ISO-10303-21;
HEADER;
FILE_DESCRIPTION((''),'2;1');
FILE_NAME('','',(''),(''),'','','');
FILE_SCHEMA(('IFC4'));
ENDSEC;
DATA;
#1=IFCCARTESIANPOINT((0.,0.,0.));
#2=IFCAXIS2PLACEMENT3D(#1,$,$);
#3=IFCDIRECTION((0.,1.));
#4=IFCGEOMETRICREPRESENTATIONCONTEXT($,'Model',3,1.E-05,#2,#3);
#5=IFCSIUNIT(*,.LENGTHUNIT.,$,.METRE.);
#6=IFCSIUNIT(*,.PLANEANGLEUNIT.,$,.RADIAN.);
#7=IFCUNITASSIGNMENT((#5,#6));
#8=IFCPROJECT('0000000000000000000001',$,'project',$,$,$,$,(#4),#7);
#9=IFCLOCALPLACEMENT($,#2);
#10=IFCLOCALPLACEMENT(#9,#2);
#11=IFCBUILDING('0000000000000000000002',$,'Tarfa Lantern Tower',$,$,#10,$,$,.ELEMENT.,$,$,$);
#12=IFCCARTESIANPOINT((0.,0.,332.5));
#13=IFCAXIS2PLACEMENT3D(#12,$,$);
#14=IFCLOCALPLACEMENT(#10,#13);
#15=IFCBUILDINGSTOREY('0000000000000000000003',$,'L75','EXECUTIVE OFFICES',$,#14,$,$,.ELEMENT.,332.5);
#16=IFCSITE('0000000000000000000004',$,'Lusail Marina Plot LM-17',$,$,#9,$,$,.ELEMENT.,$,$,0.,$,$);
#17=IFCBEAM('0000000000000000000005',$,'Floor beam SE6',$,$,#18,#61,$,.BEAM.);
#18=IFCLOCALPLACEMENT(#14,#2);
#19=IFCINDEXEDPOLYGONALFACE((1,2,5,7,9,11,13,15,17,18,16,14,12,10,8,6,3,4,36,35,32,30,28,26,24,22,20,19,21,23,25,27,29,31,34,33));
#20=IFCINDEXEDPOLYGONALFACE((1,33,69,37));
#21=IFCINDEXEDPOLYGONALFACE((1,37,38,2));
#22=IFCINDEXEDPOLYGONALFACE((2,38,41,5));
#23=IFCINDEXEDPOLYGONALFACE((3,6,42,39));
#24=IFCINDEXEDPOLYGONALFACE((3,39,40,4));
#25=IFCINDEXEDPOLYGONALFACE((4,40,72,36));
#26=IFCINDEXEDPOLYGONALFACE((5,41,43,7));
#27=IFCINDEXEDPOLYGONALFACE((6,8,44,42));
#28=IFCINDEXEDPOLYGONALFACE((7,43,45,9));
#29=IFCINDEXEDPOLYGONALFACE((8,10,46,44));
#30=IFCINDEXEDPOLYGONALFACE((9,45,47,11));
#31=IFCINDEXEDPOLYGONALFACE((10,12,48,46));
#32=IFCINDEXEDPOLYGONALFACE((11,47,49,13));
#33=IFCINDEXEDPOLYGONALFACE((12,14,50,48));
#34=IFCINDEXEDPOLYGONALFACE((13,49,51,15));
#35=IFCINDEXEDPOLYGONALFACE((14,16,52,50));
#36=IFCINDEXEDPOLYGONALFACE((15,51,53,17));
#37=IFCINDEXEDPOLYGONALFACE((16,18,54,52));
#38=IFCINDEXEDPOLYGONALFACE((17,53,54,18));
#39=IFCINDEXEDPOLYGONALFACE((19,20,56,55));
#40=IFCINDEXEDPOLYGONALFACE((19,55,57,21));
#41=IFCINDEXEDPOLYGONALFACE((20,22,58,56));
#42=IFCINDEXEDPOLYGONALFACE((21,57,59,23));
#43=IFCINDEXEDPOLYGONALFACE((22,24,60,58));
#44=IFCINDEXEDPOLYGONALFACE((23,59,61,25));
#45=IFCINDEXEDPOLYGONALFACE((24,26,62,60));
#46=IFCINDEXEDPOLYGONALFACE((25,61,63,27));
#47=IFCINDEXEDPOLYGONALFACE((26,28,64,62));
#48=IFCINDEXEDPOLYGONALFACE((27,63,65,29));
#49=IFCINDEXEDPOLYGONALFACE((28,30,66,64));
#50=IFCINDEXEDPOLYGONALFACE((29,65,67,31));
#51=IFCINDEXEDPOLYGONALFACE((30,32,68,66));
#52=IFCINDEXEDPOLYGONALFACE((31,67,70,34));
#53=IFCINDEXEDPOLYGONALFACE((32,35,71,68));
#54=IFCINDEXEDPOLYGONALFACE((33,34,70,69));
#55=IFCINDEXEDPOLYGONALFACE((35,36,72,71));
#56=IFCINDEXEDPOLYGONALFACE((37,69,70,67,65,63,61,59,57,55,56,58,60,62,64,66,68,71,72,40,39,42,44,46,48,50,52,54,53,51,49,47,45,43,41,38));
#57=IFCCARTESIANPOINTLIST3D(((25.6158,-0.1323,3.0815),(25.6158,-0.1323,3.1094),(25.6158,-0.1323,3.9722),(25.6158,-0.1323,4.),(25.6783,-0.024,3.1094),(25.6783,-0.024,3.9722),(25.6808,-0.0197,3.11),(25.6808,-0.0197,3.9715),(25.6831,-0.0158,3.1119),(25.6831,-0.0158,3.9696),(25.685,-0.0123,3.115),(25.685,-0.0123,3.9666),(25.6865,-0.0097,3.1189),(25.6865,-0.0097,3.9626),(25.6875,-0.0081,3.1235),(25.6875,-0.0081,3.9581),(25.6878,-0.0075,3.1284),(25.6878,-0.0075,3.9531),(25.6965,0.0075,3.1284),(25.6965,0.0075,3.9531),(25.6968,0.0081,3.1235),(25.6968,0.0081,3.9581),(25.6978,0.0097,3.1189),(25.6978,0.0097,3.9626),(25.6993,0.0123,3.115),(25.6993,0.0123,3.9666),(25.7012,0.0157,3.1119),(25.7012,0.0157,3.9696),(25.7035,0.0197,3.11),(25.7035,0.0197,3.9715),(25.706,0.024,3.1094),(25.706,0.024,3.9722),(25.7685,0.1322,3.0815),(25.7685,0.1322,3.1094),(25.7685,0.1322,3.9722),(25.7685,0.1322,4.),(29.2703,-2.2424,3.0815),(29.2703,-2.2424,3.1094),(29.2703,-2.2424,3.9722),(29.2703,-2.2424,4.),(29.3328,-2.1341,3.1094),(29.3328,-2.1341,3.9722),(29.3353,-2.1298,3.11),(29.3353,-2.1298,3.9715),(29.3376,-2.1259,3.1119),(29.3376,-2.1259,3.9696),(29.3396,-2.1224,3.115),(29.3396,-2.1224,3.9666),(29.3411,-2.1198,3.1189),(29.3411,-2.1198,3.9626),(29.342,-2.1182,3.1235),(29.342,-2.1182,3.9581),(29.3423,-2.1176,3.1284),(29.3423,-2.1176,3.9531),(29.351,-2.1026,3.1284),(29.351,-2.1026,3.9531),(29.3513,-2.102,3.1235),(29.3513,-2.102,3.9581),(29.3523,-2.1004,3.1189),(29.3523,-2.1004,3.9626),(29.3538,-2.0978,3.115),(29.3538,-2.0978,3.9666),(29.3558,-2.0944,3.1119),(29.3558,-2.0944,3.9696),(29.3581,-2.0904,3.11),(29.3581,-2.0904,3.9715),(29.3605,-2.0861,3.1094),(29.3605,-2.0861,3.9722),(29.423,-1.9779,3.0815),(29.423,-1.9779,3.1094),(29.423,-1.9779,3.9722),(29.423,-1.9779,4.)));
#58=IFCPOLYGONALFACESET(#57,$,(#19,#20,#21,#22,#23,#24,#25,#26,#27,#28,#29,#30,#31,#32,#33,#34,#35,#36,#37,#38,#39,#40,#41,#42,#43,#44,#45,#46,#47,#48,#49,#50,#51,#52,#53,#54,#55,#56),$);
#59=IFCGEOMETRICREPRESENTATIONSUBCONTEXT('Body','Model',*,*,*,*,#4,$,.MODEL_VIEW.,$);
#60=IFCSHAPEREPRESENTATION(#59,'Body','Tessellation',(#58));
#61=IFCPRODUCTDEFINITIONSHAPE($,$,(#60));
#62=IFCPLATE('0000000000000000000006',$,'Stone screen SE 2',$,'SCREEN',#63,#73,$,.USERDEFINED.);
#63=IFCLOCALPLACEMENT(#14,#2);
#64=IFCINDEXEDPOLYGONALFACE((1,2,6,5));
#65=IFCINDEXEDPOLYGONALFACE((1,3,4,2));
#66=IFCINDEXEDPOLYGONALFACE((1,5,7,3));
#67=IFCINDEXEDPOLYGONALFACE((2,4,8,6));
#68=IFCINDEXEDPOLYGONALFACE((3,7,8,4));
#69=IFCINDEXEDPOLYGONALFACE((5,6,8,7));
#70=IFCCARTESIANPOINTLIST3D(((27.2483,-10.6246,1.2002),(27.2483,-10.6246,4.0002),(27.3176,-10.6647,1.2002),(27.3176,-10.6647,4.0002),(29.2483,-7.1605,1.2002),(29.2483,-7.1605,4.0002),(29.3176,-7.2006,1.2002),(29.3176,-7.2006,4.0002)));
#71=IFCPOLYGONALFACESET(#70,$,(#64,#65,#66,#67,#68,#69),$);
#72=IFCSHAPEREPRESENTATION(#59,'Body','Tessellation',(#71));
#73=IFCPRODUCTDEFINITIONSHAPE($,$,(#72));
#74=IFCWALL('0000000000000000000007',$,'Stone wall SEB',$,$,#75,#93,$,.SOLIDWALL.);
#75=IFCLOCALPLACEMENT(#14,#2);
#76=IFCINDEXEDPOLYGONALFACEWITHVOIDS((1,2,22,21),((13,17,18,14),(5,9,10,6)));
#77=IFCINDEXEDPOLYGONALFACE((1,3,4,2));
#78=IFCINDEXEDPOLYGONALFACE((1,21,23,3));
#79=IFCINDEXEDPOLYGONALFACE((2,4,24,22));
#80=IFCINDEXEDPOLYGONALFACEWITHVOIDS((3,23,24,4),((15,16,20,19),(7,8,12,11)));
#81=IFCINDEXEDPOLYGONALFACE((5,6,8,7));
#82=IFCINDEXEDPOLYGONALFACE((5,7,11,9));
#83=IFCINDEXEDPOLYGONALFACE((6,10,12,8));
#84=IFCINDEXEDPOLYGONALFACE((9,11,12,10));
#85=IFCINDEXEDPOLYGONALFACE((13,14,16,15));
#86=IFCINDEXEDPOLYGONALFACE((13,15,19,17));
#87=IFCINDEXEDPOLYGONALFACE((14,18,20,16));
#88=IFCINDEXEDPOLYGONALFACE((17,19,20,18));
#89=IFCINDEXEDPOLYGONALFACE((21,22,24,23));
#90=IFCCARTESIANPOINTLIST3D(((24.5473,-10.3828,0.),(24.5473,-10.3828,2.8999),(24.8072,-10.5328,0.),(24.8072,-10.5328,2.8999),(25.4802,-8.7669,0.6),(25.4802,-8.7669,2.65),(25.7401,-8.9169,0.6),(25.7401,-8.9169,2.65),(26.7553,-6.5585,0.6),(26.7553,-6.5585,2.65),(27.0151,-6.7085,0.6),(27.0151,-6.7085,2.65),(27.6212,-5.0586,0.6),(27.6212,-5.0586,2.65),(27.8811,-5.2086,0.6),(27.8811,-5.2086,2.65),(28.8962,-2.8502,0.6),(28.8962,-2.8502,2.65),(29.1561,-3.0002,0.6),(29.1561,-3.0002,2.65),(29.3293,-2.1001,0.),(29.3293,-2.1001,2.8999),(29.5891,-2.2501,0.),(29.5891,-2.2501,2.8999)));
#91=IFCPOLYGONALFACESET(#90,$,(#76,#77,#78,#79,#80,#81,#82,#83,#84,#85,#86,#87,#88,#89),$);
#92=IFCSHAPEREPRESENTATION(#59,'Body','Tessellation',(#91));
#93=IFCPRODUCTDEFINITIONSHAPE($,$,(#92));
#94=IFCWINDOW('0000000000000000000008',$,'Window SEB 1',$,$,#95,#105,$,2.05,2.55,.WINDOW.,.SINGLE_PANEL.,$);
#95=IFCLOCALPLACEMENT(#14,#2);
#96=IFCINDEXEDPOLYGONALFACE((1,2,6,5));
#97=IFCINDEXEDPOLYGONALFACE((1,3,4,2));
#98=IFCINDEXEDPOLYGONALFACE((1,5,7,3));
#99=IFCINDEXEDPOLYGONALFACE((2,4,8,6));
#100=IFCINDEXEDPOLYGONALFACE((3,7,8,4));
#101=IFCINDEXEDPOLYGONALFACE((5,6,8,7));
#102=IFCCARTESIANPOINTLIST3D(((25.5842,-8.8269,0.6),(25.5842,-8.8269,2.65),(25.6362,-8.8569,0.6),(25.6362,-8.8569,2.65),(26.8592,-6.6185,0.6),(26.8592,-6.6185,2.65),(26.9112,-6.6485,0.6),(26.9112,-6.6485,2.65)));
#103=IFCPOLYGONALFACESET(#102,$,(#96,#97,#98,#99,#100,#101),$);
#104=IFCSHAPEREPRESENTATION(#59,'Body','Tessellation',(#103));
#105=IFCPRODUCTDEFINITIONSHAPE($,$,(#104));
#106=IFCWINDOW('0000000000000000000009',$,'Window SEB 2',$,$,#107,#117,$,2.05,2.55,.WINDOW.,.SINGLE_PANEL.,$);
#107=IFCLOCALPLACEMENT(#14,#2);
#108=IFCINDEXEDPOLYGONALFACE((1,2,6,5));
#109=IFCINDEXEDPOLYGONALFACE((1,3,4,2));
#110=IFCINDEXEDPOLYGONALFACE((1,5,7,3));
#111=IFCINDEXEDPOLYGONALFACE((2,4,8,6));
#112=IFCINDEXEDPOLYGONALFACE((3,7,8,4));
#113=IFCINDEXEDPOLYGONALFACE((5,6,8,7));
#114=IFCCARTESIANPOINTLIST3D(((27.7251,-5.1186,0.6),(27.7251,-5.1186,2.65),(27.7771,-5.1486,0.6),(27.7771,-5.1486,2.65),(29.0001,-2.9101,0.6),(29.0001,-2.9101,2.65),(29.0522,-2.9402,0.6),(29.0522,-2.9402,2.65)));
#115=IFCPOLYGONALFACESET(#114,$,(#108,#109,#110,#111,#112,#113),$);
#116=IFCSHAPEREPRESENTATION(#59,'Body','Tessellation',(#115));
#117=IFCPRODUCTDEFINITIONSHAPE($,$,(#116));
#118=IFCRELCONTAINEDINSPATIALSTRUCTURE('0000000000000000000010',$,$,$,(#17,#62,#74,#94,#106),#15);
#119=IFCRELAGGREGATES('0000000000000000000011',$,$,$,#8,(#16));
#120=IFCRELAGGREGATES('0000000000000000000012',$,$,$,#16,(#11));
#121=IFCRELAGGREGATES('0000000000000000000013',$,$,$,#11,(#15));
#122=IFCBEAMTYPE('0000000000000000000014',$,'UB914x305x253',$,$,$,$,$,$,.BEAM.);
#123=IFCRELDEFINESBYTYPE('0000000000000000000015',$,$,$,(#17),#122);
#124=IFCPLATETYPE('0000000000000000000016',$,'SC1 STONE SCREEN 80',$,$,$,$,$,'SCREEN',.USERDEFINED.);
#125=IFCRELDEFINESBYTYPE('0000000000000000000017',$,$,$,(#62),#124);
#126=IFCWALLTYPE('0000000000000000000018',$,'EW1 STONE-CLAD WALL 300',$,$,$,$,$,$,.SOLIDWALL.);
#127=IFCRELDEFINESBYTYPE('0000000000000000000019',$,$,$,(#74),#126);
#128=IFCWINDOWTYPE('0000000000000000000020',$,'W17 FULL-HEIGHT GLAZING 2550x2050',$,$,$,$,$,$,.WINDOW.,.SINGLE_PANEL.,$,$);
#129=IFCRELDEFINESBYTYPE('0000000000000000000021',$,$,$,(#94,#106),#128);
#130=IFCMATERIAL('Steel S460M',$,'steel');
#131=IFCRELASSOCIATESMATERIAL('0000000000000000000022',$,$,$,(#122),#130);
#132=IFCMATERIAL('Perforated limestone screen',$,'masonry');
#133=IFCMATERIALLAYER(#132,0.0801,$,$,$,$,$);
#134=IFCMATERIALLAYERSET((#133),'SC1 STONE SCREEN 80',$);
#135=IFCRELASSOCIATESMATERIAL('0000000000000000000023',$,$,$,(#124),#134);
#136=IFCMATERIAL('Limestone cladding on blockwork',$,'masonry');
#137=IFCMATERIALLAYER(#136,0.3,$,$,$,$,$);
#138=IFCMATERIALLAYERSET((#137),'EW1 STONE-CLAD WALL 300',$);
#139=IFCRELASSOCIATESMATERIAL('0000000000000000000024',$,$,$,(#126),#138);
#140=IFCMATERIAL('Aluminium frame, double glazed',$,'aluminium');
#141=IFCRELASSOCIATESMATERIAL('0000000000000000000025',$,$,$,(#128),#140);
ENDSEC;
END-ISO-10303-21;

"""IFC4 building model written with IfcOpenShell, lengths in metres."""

from ifc_helpers import new_model, si_unit, direction, frame, frame_2d, origin, origin_2d, place, context, subcontext, project, spatial, rectangle, i_section, extrude, material, layer, layer_set, material_profile, profile_set, type_object, element, fill, save


model = new_model("IFC4")

# Units and contexts
model_context = context("Model", 3, precision=1e-05, world=origin(), true_north=direction((0.0, 1.0)))
body_context = subcontext(model_context, "Body", "Model", "MODEL_VIEW")
ifc_project = project(units=[si_unit("LENGTHUNIT", "METRE"), si_unit("PLANEANGLEUNIT", "RADIAN")], contexts=[model_context])

# Site, building, storey
site_placement = place(None, origin())
site = spatial("IfcSite", under=ifc_project, at=site_placement, Name="Lusail Marina Plot LM-17", CompositionType="ELEMENT", RefElevation=0.0)
building_placement = place(site_placement, origin())
building = spatial("IfcBuilding", under=site, at=building_placement, Name="Tarfa Lantern Tower", CompositionType="ELEMENT")
storey_placement = place(building_placement, frame((0.0, 0.0, 332.5)))
storey = spatial("IfcBuildingStorey", under=building, at=storey_placement, Name="L75", Description="EXECUTIVE OFFICES", CompositionType="ELEMENT", Elevation=332.5)

# Beam
ifc_material_1 = material(Name="Steel S460M", Category="steel")
ifc_material_profile_1 = material_profile(ifc_material_1, i_section(OverallWidth=0.3054, OverallDepth=0.9185, WebThickness=0.0173, FlangeThickness=0.0278, FilletRadius=0.019, at=origin_2d()), Name="UB914x305x253")
ifc_profile_set_1 = profile_set([ifc_material_profile_1], Name="Steel S460M")
beam_type_1 = type_object("IfcBeamType", Name="UB914x305x253", PredefinedType="BEAM", material=ifc_profile_set_1)
beam_1_placement = place(storey_placement, frame((29.3467, -2.1101, 3.5408), z_axis=(-0.866009, 0.500028, 0.0), x_axis=(-0.500028, -0.866009, 0.0)))
element("IfcBeam", 1, at=beam_1_placement, inside=storey, type_object=beam_type_1, Name="Floor beam SE6", PredefinedType="BEAM", context=body_context, shape_type="SweptSolid", body=[
    extrude(i_section(OverallWidth=0.3054, OverallDepth=0.9185, WebThickness=0.0173, FlangeThickness=0.0278, FilletRadius=0.019, at=origin_2d()), origin(), (0.0, 0.0, 1.0), 4.22),
])

# Plate
ifc_material_2 = material(Name="Perforated limestone screen", Category="masonry")
ifc_layer_1 = layer(ifc_material_2, 0.0801)
ifc_layer_set_1 = layer_set([ifc_layer_1], Name="SC1 STONE SCREEN 80")
plate_type = type_object("IfcPlateType", Name="SC1 STONE SCREEN 80", ElementType="SCREEN", PredefinedType="USERDEFINED", material=ifc_layer_set_1)
plate_placement = place(storey_placement, frame((28.283, -8.9126, 1.2002), z_axis=(0.0, 0.0, 1.0), x_axis=(0.5, 0.866025, 0.0)))
element("IfcPlate", 2, at=plate_placement, inside=storey, type_object=plate_type, Name="Stone screen SE 2", ObjectType="SCREEN", PredefinedType="USERDEFINED", context=body_context, shape_type="SweptSolid", body=[
    extrude(rectangle(XDim=4.0, YDim=0.0801, at=origin_2d()), origin(), (0.0, 0.0, 1.0), 2.8),
])

# Wall, openings, windows
ifc_material_3 = material(Name="Limestone cladding on blockwork", Category="masonry")
ifc_layer_2 = layer(ifc_material_3, 0.3)
ifc_layer_set_2 = layer_set([ifc_layer_2], Name="EW1 STONE-CLAD WALL 300")
wall_type = type_object("IfcWallType", Name="EW1 STONE-CLAD WALL 300", PredefinedType="SOLIDWALL", material=ifc_layer_set_2)
wall_placement = place(storey_placement, frame((24.6772, -10.4578, 0.0), z_axis=(0.0, 0.0, 1.0), x_axis=(0.499996, 0.866027, 0.0)))
wall = element("IfcWall", 3, at=wall_placement, inside=storey, type_object=wall_type, Name="Stone wall SEB", PredefinedType="SOLIDWALL", context=body_context, shape_type="SweptSolid", body=[
    extrude(rectangle(XDim=9.564, YDim=0.3, at=frame_2d((4.782, 0.0))), origin(), (0.0, 0.0, 1.0), 2.8999),
])
opening_1_placement = place(wall_placement, frame((1.866, 0.0, 0.6001)))
opening_1 = element("IfcOpeningElement", 4, at=opening_1_placement, cuts=wall, PredefinedType="OPENING", context=body_context, shape_type="SweptSolid", body=[
    extrude(rectangle(XDim=2.55, YDim=2.05, at=frame_2d((1.2749, 1.0249))), frame((0.0, 0.1599, 0.0), z_axis=(0.0, -1.0, 0.0), x_axis=(1.0, 0.0, 0.0)), (0.0, 0.0, 1.0), 0.3201),
])
opening_2_placement = place(wall_placement, frame((6.1479, 0.0, 0.6001)))
opening_2 = element("IfcOpeningElement", 5, at=opening_2_placement, cuts=wall, PredefinedType="OPENING", context=body_context, shape_type="SweptSolid", body=[
    extrude(rectangle(XDim=2.55, YDim=2.05, at=frame_2d((1.2749, 1.0249))), frame((0.0, 0.1599, 0.0), z_axis=(0.0, -1.0, 0.0), x_axis=(1.0, 0.0, 0.0)), (0.0, 0.0, 1.0), 0.3201),
])
ifc_material_4 = material(Name="Aluminium frame, double glazed", Category="aluminium")
window_type = type_object("IfcWindowType", Name="W17 FULL-HEIGHT GLAZING 2550x2050", PartitioningType="SINGLE_PANEL", PredefinedType="WINDOW", material=ifc_material_4)
window_1_placement = place(opening_1_placement, origin())
window_1 = element("IfcWindow", 6, at=window_1_placement, inside=storey, type_object=window_type, Name="Window SEB 1", OverallHeight=2.05, OverallWidth=2.55, PartitioningType="SINGLE_PANEL", PredefinedType="WINDOW", context=body_context, shape_type="SweptSolid", body=[
    extrude(rectangle(XDim=2.55, YDim=2.05, at=frame_2d((1.2749, 1.0249))), frame((0.0, 0.03, 0.0), z_axis=(0.0, -1.0, 0.0), x_axis=(1.0, 0.0, 0.0)), (0.0, 0.0, 1.0), 0.0601),
])
fill(opening_1, window_1)
window_2_placement = place(opening_2_placement, origin())
window_2 = element("IfcWindow", 7, at=window_2_placement, inside=storey, type_object=window_type, Name="Window SEB 2", OverallHeight=2.05, OverallWidth=2.55, PartitioningType="SINGLE_PANEL", PredefinedType="WINDOW", context=body_context, shape_type="SweptSolid", body=[
    extrude(rectangle(XDim=2.55, YDim=2.05, at=frame_2d((1.2749, 1.0249))), frame((0.0, 0.03, 0.0), z_axis=(0.0, -1.0, 0.0), x_axis=(1.0, 0.0, 0.0)), (0.0, 0.0, 1.0), 0.0601),
])
fill(opening_2, window_2)

save(model, "model.ifc")
